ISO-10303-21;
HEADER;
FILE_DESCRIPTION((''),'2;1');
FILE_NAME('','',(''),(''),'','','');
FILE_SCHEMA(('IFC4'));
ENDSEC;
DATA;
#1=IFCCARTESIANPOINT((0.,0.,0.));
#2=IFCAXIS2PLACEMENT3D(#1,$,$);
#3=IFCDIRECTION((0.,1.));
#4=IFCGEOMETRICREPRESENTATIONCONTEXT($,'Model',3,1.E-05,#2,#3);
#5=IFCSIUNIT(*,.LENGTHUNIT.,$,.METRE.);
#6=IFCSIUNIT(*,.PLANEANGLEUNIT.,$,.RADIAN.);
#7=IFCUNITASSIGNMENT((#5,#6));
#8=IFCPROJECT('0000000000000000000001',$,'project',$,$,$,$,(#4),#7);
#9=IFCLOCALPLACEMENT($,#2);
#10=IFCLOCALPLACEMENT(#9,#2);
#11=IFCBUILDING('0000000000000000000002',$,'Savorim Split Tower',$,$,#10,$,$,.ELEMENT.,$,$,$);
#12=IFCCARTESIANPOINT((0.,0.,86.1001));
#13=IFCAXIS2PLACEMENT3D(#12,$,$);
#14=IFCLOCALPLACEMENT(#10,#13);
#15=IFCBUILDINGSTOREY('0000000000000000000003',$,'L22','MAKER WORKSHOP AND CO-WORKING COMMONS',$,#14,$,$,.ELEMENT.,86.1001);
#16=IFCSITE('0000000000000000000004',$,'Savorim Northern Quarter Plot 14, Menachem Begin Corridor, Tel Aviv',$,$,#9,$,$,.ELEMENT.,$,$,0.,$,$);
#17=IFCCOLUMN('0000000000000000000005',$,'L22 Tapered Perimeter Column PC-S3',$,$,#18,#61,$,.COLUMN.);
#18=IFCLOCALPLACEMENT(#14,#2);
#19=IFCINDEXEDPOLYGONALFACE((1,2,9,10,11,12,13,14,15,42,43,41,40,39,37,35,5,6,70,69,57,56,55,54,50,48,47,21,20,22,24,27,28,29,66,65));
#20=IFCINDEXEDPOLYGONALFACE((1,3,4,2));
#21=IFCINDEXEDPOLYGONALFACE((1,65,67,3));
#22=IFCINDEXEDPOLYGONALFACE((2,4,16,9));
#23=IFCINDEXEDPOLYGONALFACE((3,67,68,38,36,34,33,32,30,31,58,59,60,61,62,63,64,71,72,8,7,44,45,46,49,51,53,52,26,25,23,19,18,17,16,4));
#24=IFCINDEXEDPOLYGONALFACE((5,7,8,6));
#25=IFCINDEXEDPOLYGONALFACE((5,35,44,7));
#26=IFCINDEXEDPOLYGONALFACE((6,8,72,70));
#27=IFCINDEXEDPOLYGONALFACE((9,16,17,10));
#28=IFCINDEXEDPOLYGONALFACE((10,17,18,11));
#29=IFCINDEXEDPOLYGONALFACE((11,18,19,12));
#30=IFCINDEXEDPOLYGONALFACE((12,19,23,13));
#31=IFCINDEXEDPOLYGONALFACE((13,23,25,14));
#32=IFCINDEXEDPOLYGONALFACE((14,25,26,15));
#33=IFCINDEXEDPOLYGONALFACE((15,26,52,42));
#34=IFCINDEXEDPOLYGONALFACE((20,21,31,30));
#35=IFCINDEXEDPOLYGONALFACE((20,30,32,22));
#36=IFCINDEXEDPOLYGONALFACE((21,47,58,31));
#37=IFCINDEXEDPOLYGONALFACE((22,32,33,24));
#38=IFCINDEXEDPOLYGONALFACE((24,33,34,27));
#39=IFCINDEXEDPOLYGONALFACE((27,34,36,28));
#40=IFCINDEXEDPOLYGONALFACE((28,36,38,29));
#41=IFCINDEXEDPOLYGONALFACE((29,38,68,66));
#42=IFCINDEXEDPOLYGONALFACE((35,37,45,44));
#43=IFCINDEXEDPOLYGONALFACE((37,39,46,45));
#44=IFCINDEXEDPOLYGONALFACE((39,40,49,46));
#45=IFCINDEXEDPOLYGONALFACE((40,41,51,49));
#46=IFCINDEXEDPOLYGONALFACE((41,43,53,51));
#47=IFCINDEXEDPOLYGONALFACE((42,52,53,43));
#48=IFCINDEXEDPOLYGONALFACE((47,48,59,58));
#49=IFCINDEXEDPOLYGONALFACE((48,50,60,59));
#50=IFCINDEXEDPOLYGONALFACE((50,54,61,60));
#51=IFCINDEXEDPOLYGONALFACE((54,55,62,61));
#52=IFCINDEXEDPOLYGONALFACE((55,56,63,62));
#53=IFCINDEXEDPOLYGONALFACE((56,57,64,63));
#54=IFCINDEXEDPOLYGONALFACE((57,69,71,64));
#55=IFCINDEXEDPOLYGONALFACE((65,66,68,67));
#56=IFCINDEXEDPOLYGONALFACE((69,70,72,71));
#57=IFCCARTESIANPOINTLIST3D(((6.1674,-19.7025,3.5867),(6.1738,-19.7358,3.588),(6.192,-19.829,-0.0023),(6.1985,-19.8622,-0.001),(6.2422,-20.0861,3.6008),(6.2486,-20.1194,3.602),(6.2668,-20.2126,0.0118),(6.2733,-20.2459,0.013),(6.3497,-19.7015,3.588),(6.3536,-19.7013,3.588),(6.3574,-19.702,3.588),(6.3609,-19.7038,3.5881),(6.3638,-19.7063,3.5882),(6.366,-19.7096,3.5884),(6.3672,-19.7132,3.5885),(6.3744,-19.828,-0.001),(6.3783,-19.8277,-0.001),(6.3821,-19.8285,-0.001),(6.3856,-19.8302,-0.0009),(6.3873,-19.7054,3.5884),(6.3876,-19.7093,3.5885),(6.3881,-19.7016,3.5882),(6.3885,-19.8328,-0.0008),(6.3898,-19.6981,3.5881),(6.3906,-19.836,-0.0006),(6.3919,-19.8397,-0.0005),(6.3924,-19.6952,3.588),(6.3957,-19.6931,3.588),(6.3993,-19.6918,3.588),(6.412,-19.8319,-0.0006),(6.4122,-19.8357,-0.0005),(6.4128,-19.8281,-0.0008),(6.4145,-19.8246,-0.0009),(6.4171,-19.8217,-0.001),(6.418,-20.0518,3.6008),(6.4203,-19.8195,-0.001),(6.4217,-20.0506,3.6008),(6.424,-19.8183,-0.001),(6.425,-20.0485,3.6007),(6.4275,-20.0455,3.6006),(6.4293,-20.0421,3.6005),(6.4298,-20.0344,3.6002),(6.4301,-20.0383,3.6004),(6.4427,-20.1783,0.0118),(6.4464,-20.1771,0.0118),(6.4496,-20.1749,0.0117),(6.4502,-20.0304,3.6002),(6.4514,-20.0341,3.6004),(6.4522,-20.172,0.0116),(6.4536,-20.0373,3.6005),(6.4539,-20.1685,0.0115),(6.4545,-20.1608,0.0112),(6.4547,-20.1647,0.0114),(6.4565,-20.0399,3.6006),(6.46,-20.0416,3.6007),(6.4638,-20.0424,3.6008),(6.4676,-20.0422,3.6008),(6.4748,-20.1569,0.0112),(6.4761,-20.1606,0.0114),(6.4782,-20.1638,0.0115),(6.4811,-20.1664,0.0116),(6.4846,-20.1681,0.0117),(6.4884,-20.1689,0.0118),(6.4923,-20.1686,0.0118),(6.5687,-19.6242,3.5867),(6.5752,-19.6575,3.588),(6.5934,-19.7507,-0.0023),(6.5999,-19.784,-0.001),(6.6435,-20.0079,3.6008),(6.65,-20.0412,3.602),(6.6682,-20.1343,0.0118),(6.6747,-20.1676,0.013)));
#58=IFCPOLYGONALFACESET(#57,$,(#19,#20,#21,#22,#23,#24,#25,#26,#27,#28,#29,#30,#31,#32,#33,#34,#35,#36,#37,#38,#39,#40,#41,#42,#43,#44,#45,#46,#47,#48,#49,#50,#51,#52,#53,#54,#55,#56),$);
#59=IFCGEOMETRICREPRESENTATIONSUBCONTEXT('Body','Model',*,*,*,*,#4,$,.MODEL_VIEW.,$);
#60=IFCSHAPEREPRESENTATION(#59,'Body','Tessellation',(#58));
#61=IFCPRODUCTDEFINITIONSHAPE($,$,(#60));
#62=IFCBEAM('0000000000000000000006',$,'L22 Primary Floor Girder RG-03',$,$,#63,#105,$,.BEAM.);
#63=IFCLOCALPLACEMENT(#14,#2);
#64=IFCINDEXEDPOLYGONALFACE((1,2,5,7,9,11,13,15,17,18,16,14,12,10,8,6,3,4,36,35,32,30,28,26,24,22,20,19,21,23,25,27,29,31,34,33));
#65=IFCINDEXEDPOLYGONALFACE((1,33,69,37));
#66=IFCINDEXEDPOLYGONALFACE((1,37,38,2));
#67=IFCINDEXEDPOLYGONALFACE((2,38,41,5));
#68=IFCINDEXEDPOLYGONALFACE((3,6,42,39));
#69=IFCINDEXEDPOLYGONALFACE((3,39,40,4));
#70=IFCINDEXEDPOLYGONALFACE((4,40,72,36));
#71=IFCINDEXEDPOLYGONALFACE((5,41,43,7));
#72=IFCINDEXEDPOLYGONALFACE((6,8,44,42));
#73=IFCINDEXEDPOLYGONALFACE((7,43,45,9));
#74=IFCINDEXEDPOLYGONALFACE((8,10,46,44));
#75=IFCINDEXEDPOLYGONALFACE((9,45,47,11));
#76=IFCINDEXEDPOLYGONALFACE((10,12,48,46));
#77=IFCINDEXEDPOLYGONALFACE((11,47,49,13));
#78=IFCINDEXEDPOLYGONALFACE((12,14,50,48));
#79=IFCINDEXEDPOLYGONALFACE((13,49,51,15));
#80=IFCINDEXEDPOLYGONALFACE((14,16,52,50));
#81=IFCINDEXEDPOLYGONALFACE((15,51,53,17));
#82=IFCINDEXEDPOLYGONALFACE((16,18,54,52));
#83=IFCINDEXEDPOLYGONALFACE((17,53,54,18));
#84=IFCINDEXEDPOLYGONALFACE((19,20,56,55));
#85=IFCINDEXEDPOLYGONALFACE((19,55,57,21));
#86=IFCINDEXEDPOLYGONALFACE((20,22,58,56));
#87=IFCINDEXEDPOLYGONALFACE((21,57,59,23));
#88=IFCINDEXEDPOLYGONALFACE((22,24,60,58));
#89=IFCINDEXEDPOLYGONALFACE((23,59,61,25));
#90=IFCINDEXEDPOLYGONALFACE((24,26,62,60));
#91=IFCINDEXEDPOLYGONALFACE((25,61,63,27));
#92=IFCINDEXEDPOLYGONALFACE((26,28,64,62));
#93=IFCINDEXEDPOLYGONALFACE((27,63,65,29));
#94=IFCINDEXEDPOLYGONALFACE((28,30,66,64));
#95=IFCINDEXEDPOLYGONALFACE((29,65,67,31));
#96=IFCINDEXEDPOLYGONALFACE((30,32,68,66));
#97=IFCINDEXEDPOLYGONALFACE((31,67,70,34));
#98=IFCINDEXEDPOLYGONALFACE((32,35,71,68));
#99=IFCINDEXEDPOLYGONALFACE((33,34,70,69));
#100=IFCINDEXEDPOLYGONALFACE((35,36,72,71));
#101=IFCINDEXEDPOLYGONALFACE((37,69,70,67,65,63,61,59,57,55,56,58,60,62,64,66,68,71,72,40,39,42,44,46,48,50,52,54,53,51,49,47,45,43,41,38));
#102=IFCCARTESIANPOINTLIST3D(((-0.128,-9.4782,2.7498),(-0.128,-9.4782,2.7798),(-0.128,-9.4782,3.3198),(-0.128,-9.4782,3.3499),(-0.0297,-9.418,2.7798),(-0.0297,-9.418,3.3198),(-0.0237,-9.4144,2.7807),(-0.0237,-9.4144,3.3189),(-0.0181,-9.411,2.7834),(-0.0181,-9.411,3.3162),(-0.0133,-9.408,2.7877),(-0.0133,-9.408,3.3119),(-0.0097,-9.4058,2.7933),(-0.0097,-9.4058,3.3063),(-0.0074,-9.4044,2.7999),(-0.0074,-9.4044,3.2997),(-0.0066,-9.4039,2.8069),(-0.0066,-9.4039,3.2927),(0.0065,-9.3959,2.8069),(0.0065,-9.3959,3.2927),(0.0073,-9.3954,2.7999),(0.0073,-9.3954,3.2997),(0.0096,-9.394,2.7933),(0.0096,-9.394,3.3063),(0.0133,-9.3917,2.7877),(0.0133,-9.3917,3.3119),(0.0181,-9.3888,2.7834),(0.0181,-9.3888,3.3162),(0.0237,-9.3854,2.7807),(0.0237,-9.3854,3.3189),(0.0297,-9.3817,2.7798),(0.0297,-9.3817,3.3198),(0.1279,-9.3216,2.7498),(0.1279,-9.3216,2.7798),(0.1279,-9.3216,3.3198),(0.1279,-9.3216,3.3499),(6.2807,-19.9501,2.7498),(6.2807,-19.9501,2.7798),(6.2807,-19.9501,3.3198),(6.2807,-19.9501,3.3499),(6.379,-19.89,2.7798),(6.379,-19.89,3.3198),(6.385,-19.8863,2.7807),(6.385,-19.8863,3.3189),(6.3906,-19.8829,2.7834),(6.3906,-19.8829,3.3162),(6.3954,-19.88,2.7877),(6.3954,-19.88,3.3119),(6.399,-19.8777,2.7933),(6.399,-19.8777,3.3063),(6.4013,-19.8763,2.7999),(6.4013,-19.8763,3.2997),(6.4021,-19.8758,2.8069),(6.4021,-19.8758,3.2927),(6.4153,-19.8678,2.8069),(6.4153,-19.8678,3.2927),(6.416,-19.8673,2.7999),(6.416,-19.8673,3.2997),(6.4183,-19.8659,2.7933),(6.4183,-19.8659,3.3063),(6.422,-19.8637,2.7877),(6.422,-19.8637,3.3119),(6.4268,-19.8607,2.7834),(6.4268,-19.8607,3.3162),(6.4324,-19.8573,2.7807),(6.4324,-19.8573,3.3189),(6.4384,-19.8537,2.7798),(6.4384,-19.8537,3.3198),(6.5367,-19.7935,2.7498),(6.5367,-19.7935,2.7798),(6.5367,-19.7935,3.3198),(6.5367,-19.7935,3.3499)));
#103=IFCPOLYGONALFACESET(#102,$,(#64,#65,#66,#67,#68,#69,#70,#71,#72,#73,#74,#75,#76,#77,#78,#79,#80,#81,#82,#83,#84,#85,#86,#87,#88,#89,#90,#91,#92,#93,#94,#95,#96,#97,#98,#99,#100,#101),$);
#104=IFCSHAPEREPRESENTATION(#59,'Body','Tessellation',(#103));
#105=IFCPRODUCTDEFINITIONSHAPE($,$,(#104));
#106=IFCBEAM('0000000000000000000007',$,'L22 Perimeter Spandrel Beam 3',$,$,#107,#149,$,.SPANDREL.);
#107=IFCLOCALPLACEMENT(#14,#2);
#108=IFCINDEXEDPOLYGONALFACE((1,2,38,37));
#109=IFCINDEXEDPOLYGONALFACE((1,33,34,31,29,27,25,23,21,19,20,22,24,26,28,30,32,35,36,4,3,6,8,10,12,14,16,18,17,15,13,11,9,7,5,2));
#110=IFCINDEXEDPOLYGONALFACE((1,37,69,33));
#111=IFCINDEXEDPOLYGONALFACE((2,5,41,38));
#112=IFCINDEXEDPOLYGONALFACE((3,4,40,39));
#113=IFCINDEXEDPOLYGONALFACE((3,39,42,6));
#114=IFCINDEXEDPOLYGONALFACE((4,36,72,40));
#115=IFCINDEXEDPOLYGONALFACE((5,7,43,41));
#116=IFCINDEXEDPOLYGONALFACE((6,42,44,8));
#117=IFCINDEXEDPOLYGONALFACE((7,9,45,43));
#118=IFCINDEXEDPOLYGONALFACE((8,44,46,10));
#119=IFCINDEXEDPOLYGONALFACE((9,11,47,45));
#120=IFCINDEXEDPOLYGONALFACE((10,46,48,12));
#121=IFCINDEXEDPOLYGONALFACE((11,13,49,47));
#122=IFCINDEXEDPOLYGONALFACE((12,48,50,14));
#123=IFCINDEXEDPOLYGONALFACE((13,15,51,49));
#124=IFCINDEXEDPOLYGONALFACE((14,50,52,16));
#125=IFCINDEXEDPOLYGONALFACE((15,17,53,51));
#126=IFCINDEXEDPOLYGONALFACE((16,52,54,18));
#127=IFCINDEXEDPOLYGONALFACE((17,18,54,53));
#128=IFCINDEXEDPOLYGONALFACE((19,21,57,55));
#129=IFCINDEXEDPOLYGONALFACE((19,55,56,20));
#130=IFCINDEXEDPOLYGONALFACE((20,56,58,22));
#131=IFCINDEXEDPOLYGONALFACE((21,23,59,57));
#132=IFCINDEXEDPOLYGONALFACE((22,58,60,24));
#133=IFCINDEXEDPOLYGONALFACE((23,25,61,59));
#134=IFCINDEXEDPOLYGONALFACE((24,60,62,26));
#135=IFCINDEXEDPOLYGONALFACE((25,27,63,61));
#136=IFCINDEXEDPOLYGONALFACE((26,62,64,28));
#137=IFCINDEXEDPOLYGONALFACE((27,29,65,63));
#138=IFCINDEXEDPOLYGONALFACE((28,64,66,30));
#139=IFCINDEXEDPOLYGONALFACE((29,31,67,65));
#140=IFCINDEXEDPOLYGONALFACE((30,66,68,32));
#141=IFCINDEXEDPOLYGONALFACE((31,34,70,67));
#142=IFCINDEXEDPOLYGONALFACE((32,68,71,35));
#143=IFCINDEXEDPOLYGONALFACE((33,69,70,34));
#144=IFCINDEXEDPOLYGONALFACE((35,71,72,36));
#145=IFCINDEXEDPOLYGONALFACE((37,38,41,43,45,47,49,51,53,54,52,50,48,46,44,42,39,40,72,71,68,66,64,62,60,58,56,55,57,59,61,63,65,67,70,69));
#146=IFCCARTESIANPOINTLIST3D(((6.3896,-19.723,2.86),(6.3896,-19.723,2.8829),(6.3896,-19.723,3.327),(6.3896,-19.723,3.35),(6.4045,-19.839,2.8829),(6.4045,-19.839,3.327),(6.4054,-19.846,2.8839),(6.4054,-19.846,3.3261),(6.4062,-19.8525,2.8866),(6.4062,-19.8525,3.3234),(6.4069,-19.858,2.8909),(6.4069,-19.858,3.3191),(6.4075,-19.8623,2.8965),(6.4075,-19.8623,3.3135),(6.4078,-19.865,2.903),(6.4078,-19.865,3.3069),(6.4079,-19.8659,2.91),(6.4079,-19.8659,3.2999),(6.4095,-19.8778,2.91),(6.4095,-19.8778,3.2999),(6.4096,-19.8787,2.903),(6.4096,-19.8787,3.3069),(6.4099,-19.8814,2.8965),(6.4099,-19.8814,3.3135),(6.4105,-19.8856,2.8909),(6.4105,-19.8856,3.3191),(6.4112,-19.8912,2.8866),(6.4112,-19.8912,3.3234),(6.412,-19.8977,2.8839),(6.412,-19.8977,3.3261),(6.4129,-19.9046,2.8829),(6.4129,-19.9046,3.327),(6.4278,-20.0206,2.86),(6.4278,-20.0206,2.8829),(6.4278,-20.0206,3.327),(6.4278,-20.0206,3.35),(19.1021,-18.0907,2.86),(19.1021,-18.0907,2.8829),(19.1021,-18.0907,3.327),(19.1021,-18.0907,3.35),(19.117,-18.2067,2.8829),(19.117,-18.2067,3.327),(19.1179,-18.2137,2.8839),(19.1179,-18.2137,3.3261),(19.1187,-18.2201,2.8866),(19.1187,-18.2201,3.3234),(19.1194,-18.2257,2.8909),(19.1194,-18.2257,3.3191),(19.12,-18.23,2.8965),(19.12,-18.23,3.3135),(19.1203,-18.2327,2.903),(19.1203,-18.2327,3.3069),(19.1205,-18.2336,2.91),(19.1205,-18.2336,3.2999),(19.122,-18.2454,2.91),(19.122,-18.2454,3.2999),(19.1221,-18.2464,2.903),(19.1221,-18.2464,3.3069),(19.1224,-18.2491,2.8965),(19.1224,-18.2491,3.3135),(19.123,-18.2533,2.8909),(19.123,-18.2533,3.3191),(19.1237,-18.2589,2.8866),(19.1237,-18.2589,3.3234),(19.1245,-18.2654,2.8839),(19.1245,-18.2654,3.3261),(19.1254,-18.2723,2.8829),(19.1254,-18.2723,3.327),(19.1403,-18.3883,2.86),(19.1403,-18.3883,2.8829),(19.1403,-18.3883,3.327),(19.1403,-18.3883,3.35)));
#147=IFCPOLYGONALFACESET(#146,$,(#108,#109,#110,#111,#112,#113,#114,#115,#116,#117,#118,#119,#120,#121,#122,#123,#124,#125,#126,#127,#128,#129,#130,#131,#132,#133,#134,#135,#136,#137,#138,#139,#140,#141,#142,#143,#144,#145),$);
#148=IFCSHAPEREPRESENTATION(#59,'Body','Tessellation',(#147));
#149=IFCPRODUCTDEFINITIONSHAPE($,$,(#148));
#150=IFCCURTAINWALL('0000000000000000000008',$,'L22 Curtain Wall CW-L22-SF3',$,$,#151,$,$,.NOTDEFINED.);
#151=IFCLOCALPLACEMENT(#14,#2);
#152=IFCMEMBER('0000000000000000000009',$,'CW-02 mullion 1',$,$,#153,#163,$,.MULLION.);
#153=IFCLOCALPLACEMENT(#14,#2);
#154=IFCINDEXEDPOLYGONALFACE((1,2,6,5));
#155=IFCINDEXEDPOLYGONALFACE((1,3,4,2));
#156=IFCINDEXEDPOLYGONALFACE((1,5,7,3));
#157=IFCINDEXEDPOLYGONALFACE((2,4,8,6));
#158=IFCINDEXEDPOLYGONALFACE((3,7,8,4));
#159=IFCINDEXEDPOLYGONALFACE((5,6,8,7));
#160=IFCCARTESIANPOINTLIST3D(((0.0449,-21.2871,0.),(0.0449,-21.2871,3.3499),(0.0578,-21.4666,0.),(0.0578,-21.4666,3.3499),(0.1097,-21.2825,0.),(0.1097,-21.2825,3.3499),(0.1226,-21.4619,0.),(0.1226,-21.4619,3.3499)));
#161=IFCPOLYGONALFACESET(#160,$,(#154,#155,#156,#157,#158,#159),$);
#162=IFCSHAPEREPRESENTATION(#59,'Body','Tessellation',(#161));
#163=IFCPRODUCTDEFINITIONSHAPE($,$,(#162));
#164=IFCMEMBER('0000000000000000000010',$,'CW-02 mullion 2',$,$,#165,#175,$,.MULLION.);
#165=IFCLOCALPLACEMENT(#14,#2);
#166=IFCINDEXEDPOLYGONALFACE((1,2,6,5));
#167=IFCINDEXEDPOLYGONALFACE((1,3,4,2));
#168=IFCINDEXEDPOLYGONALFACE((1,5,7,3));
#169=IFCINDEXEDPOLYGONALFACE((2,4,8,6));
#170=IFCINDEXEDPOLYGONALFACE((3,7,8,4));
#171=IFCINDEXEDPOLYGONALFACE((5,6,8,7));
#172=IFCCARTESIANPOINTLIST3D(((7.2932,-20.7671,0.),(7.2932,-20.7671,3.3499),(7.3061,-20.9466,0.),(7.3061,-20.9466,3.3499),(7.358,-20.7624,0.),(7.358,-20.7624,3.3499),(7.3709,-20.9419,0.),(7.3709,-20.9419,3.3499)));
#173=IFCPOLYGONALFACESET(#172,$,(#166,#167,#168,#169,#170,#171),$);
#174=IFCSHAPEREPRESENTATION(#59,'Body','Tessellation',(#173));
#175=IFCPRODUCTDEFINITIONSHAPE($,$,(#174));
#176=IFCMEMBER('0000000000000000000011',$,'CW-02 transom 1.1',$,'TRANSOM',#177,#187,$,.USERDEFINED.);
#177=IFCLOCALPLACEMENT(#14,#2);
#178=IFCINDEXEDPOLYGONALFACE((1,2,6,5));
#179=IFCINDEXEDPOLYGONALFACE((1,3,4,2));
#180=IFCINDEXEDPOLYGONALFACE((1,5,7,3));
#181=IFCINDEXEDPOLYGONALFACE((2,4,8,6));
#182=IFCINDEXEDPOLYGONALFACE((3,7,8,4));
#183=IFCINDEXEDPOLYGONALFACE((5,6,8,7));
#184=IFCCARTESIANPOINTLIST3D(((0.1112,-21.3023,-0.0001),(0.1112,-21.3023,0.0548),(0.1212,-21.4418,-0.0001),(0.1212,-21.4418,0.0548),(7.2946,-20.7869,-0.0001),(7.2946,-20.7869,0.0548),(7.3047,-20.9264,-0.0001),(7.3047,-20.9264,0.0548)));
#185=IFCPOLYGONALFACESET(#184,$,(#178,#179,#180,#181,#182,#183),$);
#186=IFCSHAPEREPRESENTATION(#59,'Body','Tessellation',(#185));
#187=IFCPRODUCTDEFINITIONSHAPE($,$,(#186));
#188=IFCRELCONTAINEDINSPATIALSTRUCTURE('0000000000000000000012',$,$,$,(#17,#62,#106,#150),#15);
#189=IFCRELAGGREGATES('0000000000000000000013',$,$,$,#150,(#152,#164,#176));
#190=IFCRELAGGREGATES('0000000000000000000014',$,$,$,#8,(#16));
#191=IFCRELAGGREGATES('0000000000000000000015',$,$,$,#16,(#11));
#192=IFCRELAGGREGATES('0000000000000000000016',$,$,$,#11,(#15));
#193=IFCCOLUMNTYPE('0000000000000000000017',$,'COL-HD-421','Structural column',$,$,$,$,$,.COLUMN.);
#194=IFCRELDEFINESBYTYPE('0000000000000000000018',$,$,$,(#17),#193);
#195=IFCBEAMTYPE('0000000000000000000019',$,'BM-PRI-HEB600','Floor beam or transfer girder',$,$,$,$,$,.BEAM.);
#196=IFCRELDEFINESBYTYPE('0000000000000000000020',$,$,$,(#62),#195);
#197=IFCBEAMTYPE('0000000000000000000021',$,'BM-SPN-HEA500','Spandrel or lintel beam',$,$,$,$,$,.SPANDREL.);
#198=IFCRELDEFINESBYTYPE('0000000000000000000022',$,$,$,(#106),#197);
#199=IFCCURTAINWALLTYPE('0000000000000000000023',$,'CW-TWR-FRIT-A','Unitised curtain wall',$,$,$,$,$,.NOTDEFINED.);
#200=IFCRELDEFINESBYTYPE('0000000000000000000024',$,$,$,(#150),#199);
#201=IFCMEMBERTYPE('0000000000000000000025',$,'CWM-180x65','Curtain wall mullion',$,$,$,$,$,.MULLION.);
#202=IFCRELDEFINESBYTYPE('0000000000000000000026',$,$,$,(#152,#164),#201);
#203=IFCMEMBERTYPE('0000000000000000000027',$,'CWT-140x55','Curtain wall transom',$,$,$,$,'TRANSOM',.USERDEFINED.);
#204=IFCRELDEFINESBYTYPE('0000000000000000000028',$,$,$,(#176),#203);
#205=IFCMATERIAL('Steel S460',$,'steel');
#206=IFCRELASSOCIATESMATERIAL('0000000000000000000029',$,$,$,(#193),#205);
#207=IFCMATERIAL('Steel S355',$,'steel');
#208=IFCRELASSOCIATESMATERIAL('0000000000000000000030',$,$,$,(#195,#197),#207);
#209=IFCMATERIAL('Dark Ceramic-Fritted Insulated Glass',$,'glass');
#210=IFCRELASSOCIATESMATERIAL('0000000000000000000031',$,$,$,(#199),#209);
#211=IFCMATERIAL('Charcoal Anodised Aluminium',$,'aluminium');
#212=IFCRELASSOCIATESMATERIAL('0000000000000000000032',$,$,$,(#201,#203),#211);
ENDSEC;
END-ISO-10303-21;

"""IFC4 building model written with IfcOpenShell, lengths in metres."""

from ifc_helpers import new_model, si_unit, direction, frame, origin, origin_2d, place, context, subcontext, project, spatial, rectangle, i_section, extrude, material, material_profile, profile_set, type_object, element, aggregate, save


model = new_model("IFC4")

# Units and contexts
model_context = context("Model", 3, precision=1e-05, world=origin(), true_north=direction((0.0, 1.0)))
body_context = subcontext(model_context, "Body", "Model", "MODEL_VIEW")
ifc_project = project(units=[si_unit("LENGTHUNIT", "METRE"), si_unit("PLANEANGLEUNIT", "RADIAN")], contexts=[model_context])

# Site, building, storey
site_placement = place(None, origin())
site = spatial("IfcSite", under=ifc_project, at=site_placement, Name="Savorim Northern Quarter Plot 14, Menachem Begin Corridor, Tel Aviv", CompositionType="ELEMENT", RefElevation=0.0)
building_placement = place(site_placement, origin())
building = spatial("IfcBuilding", under=site, at=building_placement, Name="Savorim Split Tower", CompositionType="ELEMENT")
storey_placement = place(building_placement, frame((0.0, 0.0, 86.1001)))
storey = spatial("IfcBuildingStorey", under=building, at=storey_placement, Name="L22", Description="MAKER WORKSHOP AND CO-WORKING COMMONS", CompositionType="ELEMENT", Elevation=86.1001)

# Column
ifc_material_1 = material(Name="Steel S460", Category="steel")
ifc_material_profile_1 = material_profile(ifc_material_1, i_section(OverallWidth=0.4089, OverallDepth=0.425, WebThickness=0.0208, FlangeThickness=0.0339, FilletRadius=0.0149, at=origin_2d()), Name="HD 400x421")
ifc_profile_set_1 = profile_set([ifc_material_profile_1], Name="Steel S460")
column_type = type_object("IfcColumnType", Name="COL-HD-421", Description="Structural column", PredefinedType="COLUMN", material=ifc_profile_set_1)
column_placement = place(storey_placement, frame((6.4333, -19.9983, 0.0054), z_axis=(-0.006866, 0.035213, 0.999356), x_axis=(-0.981517, -0.191377, 0.0)))
element("IfcColumn", 1, at=column_placement, inside=storey, type_object=column_type, Name="L22 Tapered Perimeter Column PC-S3", PredefinedType="COLUMN", context=body_context, shape_type="SweptSolid", body=[
    extrude(i_section(OverallWidth=0.4089, OverallDepth=0.425, WebThickness=0.0208, FlangeThickness=0.0339, FilletRadius=0.0149, at=origin_2d()), origin(), (0.0, 0.0, 1.0), 3.5913),
])

# Beams
ifc_material_2 = material(Name="Steel S355", Category="steel")
ifc_material_profile_2 = material_profile(ifc_material_2, i_section(OverallWidth=0.3, OverallDepth=0.6001, WebThickness=0.0154, FlangeThickness=0.03, FilletRadius=0.0271, at=origin_2d()), Name="HEB 600")
ifc_profile_set_2 = profile_set([ifc_material_profile_2], Name="Steel S355")
beam_type_1 = type_object("IfcBeamType", Name="BM-PRI-HEB600", Description="Floor beam or transfer girder", PredefinedType="BEAM", material=ifc_profile_set_2)
beam_1_placement = place(storey_placement, frame((6.4087, -19.8718, 3.0498), z_axis=(-0.521994, 0.852949, 0.0), x_axis=(-0.852949, -0.521994, 0.0)))
element("IfcBeam", 2, at=beam_1_placement, inside=storey, type_object=beam_type_1, Name="L22 Primary Floor Girder RG-03", PredefinedType="BEAM", context=body_context, shape_type="SweptSolid", body=[
    extrude(i_section(OverallWidth=0.3, OverallDepth=0.6001, WebThickness=0.0154, FlangeThickness=0.03, FilletRadius=0.0271, at=origin_2d()), origin(), (0.0, 0.0, 1.0), 12.2773),
])
ifc_material_profile_3 = material_profile(ifc_material_2, i_section(OverallWidth=0.3, OverallDepth=0.49, WebThickness=0.012, FlangeThickness=0.0229, FilletRadius=0.0271, at=origin_2d()), Name="HEA 500")
ifc_profile_set_3 = profile_set([ifc_material_profile_3], Name="Steel S355")
beam_type_2 = type_object("IfcBeamType", Name="BM-SPN-HEA500", Description="Spandrel or lintel beam", PredefinedType="SPANDREL", material=ifc_profile_set_3)
beam_2_placement = place(storey_placement, frame((6.4087, -19.8718, 3.105), z_axis=(0.991857, 0.127356, 0.0), x_axis=(-0.127356, 0.991857, 0.0)))
element("IfcBeam", 3, at=beam_2_placement, inside=storey, type_object=beam_type_2, Name="L22 Perimeter Spandrel Beam 3", PredefinedType="SPANDREL", context=body_context, shape_type="SweptSolid", body=[
    extrude(i_section(OverallWidth=0.3, OverallDepth=0.49, WebThickness=0.012, FlangeThickness=0.0229, FilletRadius=0.0271, at=origin_2d()), origin(), (0.0, 0.0, 1.0), 12.8169),
])

# Curtain wall, members
ifc_material_3 = material(Name="Dark Ceramic-Fritted Insulated Glass", Category="glass")
curtain_wall_type = type_object("IfcCurtainWallType", Name="CW-TWR-FRIT-A", Description="Unitised curtain wall", PredefinedType="NOTDEFINED", material=ifc_material_3)
curtain_wall_placement = place(storey_placement, origin())
curtain_wall = element("IfcCurtainWall", 4, at=curtain_wall_placement, inside=storey, type_object=curtain_wall_type, Name="L22 Curtain Wall CW-L22-SF3", PredefinedType="NOTDEFINED")
ifc_material_4 = material(Name="Charcoal Anodised Aluminium", Category="aluminium")
ifc_material_profile_4 = material_profile(ifc_material_4, rectangle(XDim=0.1799, YDim=0.0649, at=origin_2d()), Name="ALU-M 180x65")
ifc_profile_set_4 = profile_set([ifc_material_profile_4], Name="Charcoal Anodised Aluminium")
member_type_1 = type_object("IfcMemberType", Name="CWM-180x65", Description="Curtain wall mullion", PredefinedType="MULLION", material=ifc_profile_set_4)
member_1_placement = place(storey_placement, frame((0.0837, -21.3745, 0.0), z_axis=(0.0, 0.0, 1.0), x_axis=(-0.071561, 0.997436, 0.0)))
member_1 = element("IfcMember", 5, at=member_1_placement, type_object=member_type_1, Name="CW-02 mullion 1", PredefinedType="MULLION", context=body_context, shape_type="SweptSolid", body=[
    extrude(rectangle(XDim=0.1799, YDim=0.0649, at=origin_2d()), origin(), (0.0, 0.0, 1.0), 3.3499),
])
member_2_placement = place(storey_placement, frame((7.332, -20.8545, 0.0), z_axis=(0.0, 0.0, 1.0), x_axis=(-0.071561, 0.997436, 0.0)))
member_2 = element("IfcMember", 6, at=member_2_placement, type_object=member_type_1, Name="CW-02 mullion 2", PredefinedType="MULLION", context=body_context, shape_type="SweptSolid", body=[
    extrude(rectangle(XDim=0.1799, YDim=0.0649, at=origin_2d()), origin(), (0.0, 0.0, 1.0), 3.3499),
])
ifc_material_profile_5 = material_profile(ifc_material_4, rectangle(XDim=0.1399, YDim=0.0549, at=origin_2d()), Name="ALU-T 140x55")
ifc_profile_set_5 = profile_set([ifc_material_profile_5], Name="Charcoal Anodised Aluminium")
member_type_2 = type_object("IfcMemberType", Name="CWT-140x55", Description="Curtain wall transom", ElementType="TRANSOM", PredefinedType="USERDEFINED", material=ifc_profile_set_5)
member_3_placement = place(storey_placement, frame((0.1162, -21.3721, 0.0273), z_axis=(0.997436, 0.071563, 0.0), x_axis=(-0.071563, 0.997436, 0.0)))
member_3 = element("IfcMember", 7, at=member_3_placement, type_object=member_type_2, Name="CW-02 transom 1.1", ObjectType="TRANSOM", PredefinedType="USERDEFINED", context=body_context, shape_type="SweptSolid", body=[
    extrude(rectangle(XDim=0.1399, YDim=0.0549, at=origin_2d()), origin(), (0.0, 0.0, 1.0), 7.2019),
])
aggregate(curtain_wall, [member_1, member_2, member_3])

save(model, "model.ifc")
